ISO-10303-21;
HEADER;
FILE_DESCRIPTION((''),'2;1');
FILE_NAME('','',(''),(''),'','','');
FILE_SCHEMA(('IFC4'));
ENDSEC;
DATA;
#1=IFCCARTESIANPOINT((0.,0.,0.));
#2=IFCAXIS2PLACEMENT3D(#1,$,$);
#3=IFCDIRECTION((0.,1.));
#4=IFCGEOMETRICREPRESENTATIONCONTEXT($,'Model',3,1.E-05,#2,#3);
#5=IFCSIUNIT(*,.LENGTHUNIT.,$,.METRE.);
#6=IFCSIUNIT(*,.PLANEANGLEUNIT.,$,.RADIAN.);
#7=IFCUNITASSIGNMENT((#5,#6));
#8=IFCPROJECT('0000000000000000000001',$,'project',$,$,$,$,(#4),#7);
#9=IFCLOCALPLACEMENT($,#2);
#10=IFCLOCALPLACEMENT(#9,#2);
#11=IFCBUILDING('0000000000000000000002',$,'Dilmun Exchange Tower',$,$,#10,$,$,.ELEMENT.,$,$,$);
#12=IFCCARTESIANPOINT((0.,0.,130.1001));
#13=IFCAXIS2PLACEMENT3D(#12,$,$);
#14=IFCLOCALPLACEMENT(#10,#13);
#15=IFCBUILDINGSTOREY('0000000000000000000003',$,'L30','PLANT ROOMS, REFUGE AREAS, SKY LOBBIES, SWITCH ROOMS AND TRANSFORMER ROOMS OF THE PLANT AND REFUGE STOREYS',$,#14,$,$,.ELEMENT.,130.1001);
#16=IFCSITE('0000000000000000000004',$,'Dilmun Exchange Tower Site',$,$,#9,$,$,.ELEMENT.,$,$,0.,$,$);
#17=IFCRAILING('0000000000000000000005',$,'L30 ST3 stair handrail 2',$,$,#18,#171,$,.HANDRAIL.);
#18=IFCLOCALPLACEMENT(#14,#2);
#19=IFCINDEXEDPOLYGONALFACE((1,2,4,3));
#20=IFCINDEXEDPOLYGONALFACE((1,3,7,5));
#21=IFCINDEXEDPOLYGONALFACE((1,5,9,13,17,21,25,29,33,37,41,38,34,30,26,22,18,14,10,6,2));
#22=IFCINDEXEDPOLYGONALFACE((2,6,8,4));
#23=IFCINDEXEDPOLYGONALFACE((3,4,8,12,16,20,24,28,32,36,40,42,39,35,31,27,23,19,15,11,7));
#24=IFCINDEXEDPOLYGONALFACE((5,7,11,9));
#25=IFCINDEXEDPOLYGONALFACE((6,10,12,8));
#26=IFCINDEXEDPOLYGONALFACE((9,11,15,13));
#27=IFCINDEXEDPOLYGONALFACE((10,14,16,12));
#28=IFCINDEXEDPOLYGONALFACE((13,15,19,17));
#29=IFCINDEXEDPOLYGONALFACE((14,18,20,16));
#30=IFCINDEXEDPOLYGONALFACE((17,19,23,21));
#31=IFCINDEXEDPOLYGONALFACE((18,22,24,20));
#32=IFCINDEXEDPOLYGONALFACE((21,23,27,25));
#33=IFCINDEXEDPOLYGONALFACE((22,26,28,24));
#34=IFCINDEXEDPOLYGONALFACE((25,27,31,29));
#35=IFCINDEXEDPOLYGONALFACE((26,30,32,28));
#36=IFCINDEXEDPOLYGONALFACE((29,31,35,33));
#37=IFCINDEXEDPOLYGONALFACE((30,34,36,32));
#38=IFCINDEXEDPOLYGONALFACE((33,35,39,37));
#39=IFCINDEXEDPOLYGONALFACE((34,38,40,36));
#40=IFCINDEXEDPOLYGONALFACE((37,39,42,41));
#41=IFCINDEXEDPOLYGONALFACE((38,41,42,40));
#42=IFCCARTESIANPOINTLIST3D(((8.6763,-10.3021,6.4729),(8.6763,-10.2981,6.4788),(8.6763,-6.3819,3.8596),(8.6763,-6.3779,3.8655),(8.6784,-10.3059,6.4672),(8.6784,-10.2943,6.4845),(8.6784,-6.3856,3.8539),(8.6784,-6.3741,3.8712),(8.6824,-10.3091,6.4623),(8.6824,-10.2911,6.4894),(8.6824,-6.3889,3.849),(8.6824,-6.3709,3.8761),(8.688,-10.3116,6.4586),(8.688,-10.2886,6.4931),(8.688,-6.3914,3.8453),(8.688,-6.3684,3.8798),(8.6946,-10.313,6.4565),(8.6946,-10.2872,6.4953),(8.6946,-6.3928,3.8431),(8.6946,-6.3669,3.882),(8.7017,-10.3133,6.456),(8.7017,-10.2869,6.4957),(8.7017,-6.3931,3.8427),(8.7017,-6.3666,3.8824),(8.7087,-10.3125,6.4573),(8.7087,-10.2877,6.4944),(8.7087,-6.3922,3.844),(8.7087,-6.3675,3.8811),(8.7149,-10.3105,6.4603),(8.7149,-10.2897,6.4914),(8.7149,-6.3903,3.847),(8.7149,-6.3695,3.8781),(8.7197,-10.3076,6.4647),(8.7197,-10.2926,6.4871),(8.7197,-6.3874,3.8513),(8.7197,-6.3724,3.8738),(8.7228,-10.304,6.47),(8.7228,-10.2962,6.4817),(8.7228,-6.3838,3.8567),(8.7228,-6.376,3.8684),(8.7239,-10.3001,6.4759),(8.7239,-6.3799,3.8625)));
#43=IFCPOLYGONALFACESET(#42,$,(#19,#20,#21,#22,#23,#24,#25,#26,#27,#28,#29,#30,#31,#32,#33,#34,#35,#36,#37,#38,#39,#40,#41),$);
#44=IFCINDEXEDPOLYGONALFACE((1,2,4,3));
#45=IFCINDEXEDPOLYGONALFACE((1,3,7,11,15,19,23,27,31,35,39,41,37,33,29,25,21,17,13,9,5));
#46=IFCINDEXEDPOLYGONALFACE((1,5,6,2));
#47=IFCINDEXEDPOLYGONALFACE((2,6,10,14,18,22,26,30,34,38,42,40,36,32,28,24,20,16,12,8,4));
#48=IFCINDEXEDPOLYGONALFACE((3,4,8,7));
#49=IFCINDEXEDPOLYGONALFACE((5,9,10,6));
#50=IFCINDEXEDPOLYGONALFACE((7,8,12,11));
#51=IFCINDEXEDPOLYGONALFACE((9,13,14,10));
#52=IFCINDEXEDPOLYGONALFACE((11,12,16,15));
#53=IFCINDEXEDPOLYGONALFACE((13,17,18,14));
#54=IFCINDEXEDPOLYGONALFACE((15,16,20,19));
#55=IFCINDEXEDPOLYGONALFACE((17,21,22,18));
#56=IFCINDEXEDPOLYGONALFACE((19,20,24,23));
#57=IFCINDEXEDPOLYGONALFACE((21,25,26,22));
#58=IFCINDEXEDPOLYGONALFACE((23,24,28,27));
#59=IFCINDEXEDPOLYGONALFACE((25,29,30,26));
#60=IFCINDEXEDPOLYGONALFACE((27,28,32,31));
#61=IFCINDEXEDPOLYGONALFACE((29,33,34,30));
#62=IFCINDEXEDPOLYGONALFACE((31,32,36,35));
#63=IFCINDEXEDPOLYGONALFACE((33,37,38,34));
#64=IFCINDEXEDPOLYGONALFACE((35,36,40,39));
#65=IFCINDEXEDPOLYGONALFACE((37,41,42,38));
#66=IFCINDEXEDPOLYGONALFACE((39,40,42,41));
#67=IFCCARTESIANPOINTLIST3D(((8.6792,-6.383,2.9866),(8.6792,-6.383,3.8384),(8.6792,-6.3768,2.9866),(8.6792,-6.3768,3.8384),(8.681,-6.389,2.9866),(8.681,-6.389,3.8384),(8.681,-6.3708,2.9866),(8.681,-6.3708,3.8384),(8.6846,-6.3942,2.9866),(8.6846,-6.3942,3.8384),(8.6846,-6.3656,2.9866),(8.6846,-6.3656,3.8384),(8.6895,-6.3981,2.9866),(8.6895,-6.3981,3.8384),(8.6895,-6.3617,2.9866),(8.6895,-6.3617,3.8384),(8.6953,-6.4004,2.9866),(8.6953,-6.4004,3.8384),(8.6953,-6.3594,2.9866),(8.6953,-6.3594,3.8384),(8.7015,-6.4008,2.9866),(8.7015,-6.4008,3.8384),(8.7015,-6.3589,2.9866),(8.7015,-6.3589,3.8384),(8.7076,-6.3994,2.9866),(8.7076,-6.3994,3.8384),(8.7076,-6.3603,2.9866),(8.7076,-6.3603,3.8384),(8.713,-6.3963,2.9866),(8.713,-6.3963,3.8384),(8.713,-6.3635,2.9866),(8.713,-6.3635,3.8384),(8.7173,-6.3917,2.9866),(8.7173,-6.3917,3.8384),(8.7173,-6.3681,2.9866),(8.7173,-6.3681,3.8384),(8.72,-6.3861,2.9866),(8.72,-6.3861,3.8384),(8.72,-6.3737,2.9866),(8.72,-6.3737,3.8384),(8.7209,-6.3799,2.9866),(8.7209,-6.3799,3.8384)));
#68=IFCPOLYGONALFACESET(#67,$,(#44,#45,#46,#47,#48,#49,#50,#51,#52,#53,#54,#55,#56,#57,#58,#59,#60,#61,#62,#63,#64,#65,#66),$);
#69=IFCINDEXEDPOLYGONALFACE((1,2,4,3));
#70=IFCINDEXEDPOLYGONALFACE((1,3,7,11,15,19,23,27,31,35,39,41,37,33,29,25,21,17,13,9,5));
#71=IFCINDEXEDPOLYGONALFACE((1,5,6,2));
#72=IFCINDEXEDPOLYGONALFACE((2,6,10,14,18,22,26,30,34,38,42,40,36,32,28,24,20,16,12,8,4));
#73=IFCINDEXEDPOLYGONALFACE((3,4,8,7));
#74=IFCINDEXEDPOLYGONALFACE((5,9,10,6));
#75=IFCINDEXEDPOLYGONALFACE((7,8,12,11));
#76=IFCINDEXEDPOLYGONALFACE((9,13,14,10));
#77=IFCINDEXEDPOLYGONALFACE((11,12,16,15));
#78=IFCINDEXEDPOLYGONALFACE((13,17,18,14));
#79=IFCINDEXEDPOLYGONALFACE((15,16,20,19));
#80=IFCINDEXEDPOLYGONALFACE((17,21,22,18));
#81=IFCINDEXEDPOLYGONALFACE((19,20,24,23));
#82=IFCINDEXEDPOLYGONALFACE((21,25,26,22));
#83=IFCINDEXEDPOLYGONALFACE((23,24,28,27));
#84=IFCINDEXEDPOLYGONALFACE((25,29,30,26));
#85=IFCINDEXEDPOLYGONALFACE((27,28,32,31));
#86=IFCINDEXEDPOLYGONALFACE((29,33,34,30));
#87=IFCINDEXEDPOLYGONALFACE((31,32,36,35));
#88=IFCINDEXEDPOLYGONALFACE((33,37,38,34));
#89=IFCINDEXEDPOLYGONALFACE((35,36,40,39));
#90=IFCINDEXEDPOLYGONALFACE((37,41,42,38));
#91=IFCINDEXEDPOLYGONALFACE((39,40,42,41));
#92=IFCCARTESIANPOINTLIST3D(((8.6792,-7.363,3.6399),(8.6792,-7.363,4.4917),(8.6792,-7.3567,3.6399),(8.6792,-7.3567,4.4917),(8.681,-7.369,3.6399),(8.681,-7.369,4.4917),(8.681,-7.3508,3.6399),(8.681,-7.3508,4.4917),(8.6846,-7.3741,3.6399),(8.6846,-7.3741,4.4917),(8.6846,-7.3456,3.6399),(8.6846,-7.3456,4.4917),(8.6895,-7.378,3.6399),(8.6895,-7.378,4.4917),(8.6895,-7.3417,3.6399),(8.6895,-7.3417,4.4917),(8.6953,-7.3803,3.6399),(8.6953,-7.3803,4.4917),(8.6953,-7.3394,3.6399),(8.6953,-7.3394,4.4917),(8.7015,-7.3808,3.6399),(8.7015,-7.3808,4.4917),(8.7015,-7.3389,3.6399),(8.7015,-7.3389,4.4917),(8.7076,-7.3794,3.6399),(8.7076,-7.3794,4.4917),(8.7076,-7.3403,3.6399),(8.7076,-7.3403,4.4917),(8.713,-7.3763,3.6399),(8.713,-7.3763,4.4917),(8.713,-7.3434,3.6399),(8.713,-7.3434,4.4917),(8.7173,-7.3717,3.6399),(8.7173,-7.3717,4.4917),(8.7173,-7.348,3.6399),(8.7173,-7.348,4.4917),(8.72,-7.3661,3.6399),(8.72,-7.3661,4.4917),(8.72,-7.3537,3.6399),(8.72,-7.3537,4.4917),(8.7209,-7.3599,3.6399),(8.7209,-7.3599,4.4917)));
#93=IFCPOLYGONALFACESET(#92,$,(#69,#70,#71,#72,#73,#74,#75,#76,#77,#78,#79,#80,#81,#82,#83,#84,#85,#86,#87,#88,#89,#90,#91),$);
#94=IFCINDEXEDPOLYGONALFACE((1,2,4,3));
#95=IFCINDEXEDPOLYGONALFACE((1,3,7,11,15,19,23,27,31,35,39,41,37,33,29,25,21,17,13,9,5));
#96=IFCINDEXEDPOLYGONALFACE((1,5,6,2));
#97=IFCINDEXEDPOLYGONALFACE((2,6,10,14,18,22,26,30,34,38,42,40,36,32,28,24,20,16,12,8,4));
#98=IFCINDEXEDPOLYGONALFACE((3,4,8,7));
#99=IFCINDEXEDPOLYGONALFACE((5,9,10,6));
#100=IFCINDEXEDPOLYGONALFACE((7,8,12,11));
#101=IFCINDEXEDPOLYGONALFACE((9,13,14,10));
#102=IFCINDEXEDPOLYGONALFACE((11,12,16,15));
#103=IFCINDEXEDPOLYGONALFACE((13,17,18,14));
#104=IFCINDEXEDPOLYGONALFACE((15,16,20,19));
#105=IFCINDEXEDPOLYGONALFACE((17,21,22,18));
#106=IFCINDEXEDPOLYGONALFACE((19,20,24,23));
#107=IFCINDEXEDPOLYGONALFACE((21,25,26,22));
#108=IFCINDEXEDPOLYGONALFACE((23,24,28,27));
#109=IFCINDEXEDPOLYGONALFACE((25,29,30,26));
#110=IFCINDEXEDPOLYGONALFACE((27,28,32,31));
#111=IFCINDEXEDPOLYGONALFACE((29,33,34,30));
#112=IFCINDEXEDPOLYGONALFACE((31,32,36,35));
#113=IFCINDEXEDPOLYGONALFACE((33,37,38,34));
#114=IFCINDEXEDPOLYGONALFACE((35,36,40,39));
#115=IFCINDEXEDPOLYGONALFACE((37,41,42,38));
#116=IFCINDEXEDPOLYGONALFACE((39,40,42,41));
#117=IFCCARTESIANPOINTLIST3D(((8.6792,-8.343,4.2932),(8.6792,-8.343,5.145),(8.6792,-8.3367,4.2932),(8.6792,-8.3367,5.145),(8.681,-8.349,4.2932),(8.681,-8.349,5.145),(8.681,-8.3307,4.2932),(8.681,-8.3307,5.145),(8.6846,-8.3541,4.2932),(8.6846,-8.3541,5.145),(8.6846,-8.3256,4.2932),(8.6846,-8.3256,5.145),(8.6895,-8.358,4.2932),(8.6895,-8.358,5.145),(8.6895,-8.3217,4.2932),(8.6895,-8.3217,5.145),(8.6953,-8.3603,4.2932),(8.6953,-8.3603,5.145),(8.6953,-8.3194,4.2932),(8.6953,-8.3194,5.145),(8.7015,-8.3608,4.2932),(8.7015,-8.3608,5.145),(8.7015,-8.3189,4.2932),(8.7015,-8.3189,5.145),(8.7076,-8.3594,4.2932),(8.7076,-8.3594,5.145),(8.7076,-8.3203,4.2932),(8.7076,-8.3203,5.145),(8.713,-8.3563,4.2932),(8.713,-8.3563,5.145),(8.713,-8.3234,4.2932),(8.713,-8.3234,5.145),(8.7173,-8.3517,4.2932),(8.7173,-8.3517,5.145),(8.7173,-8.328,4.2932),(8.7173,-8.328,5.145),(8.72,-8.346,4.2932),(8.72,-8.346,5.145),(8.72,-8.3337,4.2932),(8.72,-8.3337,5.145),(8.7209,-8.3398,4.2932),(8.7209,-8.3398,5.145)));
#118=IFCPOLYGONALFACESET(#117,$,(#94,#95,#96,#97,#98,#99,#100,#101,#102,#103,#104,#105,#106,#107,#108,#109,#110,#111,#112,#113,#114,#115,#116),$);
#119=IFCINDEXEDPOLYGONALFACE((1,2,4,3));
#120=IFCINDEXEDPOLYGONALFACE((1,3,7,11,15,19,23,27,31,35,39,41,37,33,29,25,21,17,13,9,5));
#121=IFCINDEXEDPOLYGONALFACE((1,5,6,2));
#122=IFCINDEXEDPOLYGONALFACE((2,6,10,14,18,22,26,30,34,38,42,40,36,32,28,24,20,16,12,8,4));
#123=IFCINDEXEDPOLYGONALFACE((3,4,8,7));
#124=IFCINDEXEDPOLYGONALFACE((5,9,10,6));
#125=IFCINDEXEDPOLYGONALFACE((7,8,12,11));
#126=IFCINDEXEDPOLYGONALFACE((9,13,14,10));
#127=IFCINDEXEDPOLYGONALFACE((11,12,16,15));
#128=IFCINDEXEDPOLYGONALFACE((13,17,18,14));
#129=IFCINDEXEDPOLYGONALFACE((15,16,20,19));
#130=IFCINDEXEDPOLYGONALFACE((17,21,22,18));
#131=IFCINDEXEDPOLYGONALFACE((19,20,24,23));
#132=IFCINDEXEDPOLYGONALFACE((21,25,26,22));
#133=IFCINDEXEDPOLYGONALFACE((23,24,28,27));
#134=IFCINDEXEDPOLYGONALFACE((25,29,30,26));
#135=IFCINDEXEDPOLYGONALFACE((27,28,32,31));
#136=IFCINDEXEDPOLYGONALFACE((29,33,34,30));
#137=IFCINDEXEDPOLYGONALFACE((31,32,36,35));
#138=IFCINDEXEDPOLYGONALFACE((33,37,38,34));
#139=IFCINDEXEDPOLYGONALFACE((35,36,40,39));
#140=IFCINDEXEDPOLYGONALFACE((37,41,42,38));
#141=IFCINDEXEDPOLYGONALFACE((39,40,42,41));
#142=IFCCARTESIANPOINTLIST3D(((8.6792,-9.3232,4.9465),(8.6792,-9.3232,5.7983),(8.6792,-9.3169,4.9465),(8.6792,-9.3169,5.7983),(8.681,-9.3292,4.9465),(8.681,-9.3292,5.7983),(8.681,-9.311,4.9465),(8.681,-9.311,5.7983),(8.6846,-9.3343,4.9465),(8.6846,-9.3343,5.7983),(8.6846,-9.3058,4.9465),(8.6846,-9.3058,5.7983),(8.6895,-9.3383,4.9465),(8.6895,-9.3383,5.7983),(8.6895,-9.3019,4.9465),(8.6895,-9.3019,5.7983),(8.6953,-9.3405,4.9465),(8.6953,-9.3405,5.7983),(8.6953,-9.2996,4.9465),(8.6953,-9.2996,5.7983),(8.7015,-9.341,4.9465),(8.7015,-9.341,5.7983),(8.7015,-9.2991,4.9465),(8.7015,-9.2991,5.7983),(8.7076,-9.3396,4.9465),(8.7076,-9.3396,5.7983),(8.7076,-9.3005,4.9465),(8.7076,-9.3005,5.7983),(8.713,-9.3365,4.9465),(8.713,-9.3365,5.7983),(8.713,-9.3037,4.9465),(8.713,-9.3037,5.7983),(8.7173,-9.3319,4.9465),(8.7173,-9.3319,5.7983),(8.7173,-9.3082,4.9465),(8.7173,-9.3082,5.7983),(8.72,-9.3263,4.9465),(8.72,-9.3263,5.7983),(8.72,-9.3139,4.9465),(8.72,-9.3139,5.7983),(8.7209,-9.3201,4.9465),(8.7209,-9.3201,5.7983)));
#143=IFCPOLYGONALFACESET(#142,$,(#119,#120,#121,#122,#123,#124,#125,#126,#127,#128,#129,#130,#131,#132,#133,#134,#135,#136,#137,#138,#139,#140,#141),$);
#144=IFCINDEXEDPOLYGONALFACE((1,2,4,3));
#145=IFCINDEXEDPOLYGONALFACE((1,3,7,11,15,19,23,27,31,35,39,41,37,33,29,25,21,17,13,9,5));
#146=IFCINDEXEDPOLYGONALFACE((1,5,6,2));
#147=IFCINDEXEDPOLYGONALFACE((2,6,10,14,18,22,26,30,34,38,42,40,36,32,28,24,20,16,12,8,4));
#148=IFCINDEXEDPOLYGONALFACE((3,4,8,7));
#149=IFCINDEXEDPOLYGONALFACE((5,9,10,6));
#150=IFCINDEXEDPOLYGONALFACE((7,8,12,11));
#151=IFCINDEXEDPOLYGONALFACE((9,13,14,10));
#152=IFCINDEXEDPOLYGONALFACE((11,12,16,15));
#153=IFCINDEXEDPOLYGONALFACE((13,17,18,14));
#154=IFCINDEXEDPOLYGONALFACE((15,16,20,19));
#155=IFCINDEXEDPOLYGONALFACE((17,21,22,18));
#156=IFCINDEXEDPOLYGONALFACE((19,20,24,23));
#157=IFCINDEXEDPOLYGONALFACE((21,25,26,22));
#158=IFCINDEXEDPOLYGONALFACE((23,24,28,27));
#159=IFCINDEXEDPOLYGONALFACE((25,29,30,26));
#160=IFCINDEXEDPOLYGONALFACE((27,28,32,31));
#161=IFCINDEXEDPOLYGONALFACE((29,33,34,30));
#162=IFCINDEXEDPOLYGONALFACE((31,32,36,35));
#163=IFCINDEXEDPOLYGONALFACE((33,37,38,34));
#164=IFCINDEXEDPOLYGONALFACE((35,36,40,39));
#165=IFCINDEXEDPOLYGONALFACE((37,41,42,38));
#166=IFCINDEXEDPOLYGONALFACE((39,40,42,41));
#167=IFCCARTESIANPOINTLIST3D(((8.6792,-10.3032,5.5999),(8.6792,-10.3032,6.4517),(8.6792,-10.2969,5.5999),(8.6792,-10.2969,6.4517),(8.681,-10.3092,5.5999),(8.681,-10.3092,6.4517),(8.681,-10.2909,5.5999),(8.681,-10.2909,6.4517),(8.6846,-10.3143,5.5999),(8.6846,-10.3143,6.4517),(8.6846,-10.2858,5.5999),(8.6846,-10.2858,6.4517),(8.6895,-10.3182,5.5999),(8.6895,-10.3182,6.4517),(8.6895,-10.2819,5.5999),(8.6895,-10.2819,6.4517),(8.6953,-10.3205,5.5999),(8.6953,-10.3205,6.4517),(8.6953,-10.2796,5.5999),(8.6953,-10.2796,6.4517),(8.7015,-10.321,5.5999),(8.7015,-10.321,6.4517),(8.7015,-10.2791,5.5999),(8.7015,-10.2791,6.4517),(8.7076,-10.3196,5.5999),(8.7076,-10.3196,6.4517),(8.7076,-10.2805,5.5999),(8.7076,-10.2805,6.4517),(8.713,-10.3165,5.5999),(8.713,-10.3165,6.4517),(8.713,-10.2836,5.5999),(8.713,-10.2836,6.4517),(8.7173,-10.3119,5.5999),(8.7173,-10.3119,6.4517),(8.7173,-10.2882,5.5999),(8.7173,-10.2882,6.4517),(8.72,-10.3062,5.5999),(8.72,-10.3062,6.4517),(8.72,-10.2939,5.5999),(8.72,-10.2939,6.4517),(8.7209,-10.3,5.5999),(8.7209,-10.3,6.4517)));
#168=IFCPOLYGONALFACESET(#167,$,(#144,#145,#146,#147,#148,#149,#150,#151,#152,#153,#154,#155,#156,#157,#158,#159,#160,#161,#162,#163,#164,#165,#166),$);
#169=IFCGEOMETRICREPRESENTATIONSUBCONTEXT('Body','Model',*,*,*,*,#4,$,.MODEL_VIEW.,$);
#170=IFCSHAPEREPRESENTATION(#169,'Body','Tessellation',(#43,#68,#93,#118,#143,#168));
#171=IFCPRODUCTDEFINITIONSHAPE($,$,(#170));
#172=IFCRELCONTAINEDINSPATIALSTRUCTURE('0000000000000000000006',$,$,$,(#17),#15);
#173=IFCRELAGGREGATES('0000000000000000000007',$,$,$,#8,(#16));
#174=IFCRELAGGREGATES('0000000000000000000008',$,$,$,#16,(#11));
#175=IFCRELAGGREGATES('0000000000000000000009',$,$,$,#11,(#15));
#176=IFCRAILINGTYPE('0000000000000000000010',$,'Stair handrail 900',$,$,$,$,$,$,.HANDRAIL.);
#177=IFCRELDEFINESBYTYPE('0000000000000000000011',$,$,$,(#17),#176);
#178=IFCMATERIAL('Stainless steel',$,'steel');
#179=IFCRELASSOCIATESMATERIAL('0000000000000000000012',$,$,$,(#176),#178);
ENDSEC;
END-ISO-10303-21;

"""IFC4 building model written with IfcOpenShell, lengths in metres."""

from ifc_helpers import new_model, si_unit, direction, frame, origin, origin_2d, place, context, subcontext, project, spatial, circle, extrude, material, type_object, element, save


model = new_model("IFC4")

# Units and contexts
model_context = context("Model", 3, precision=1e-05, world=origin(), true_north=direction((0.0, 1.0)))
body_context = subcontext(model_context, "Body", "Model", "MODEL_VIEW")
ifc_project = project(units=[si_unit("LENGTHUNIT", "METRE"), si_unit("PLANEANGLEUNIT", "RADIAN")], contexts=[model_context])

# Site, building, storey
site_placement = place(None, origin())
site = spatial("IfcSite", under=ifc_project, at=site_placement, Name="Dilmun Exchange Tower Site", CompositionType="ELEMENT", RefElevation=0.0)
building_placement = place(site_placement, origin())
building = spatial("IfcBuilding", under=site, at=building_placement, Name="Dilmun Exchange Tower", CompositionType="ELEMENT")
storey_placement = place(building_placement, frame((0.0, 0.0, 130.1001)))
storey = spatial("IfcBuildingStorey", under=building, at=storey_placement, Name="L30", Description="PLANT ROOMS, REFUGE AREAS, SKY LOBBIES, SWITCH ROOMS AND TRANSFORMER ROOMS OF THE PLANT AND REFUGE STOREYS", CompositionType="ELEMENT", Elevation=130.1001)

# Railing
ifc_material_1 = material(Name="Stainless steel", Category="steel")
railing_type = type_object("IfcRailingType", Name="Stair handrail 900", PredefinedType="HANDRAIL", material=ifc_material_1)
railing_1_placement = place(storey_placement, frame((8.7, -6.3799, 2.9866)))
element("IfcRailing", 1, at=railing_1_placement, inside=storey, type_object=railing_type, Name="L30 ST3 stair handrail 2", PredefinedType="HANDRAIL", context=body_context, shape_type="SweptSolid", body=[
    extrude(circle(Radius=0.0239, at=origin_2d()), frame((0.0, 0.0, 0.876), z_axis=(0.0, -0.832066, 0.554676), x_axis=(1.0, 0.0, 0.0)), (0.0, 0.0, 1.0), 4.7114),
    extrude(circle(Radius=0.021, at=origin_2d()), origin(), (0.0, 0.0, 1.0), 0.8518),
    extrude(circle(Radius=0.021, at=origin_2d()), frame((0.0, -0.98, 0.6533)), (0.0, 0.0, 1.0), 0.8518),
    extrude(circle(Radius=0.021, at=origin_2d()), frame((0.0, -1.96, 1.3066)), (0.0, 0.0, 1.0), 0.8518),
    extrude(circle(Radius=0.021, at=origin_2d()), frame((0.0, -2.9402, 1.96)), (0.0, 0.0, 1.0), 0.8518),
    extrude(circle(Radius=0.021, at=origin_2d()), frame((0.0, -3.9202, 2.6133)), (0.0, 0.0, 1.0), 0.8518),
])

save(model, "model.ifc")
